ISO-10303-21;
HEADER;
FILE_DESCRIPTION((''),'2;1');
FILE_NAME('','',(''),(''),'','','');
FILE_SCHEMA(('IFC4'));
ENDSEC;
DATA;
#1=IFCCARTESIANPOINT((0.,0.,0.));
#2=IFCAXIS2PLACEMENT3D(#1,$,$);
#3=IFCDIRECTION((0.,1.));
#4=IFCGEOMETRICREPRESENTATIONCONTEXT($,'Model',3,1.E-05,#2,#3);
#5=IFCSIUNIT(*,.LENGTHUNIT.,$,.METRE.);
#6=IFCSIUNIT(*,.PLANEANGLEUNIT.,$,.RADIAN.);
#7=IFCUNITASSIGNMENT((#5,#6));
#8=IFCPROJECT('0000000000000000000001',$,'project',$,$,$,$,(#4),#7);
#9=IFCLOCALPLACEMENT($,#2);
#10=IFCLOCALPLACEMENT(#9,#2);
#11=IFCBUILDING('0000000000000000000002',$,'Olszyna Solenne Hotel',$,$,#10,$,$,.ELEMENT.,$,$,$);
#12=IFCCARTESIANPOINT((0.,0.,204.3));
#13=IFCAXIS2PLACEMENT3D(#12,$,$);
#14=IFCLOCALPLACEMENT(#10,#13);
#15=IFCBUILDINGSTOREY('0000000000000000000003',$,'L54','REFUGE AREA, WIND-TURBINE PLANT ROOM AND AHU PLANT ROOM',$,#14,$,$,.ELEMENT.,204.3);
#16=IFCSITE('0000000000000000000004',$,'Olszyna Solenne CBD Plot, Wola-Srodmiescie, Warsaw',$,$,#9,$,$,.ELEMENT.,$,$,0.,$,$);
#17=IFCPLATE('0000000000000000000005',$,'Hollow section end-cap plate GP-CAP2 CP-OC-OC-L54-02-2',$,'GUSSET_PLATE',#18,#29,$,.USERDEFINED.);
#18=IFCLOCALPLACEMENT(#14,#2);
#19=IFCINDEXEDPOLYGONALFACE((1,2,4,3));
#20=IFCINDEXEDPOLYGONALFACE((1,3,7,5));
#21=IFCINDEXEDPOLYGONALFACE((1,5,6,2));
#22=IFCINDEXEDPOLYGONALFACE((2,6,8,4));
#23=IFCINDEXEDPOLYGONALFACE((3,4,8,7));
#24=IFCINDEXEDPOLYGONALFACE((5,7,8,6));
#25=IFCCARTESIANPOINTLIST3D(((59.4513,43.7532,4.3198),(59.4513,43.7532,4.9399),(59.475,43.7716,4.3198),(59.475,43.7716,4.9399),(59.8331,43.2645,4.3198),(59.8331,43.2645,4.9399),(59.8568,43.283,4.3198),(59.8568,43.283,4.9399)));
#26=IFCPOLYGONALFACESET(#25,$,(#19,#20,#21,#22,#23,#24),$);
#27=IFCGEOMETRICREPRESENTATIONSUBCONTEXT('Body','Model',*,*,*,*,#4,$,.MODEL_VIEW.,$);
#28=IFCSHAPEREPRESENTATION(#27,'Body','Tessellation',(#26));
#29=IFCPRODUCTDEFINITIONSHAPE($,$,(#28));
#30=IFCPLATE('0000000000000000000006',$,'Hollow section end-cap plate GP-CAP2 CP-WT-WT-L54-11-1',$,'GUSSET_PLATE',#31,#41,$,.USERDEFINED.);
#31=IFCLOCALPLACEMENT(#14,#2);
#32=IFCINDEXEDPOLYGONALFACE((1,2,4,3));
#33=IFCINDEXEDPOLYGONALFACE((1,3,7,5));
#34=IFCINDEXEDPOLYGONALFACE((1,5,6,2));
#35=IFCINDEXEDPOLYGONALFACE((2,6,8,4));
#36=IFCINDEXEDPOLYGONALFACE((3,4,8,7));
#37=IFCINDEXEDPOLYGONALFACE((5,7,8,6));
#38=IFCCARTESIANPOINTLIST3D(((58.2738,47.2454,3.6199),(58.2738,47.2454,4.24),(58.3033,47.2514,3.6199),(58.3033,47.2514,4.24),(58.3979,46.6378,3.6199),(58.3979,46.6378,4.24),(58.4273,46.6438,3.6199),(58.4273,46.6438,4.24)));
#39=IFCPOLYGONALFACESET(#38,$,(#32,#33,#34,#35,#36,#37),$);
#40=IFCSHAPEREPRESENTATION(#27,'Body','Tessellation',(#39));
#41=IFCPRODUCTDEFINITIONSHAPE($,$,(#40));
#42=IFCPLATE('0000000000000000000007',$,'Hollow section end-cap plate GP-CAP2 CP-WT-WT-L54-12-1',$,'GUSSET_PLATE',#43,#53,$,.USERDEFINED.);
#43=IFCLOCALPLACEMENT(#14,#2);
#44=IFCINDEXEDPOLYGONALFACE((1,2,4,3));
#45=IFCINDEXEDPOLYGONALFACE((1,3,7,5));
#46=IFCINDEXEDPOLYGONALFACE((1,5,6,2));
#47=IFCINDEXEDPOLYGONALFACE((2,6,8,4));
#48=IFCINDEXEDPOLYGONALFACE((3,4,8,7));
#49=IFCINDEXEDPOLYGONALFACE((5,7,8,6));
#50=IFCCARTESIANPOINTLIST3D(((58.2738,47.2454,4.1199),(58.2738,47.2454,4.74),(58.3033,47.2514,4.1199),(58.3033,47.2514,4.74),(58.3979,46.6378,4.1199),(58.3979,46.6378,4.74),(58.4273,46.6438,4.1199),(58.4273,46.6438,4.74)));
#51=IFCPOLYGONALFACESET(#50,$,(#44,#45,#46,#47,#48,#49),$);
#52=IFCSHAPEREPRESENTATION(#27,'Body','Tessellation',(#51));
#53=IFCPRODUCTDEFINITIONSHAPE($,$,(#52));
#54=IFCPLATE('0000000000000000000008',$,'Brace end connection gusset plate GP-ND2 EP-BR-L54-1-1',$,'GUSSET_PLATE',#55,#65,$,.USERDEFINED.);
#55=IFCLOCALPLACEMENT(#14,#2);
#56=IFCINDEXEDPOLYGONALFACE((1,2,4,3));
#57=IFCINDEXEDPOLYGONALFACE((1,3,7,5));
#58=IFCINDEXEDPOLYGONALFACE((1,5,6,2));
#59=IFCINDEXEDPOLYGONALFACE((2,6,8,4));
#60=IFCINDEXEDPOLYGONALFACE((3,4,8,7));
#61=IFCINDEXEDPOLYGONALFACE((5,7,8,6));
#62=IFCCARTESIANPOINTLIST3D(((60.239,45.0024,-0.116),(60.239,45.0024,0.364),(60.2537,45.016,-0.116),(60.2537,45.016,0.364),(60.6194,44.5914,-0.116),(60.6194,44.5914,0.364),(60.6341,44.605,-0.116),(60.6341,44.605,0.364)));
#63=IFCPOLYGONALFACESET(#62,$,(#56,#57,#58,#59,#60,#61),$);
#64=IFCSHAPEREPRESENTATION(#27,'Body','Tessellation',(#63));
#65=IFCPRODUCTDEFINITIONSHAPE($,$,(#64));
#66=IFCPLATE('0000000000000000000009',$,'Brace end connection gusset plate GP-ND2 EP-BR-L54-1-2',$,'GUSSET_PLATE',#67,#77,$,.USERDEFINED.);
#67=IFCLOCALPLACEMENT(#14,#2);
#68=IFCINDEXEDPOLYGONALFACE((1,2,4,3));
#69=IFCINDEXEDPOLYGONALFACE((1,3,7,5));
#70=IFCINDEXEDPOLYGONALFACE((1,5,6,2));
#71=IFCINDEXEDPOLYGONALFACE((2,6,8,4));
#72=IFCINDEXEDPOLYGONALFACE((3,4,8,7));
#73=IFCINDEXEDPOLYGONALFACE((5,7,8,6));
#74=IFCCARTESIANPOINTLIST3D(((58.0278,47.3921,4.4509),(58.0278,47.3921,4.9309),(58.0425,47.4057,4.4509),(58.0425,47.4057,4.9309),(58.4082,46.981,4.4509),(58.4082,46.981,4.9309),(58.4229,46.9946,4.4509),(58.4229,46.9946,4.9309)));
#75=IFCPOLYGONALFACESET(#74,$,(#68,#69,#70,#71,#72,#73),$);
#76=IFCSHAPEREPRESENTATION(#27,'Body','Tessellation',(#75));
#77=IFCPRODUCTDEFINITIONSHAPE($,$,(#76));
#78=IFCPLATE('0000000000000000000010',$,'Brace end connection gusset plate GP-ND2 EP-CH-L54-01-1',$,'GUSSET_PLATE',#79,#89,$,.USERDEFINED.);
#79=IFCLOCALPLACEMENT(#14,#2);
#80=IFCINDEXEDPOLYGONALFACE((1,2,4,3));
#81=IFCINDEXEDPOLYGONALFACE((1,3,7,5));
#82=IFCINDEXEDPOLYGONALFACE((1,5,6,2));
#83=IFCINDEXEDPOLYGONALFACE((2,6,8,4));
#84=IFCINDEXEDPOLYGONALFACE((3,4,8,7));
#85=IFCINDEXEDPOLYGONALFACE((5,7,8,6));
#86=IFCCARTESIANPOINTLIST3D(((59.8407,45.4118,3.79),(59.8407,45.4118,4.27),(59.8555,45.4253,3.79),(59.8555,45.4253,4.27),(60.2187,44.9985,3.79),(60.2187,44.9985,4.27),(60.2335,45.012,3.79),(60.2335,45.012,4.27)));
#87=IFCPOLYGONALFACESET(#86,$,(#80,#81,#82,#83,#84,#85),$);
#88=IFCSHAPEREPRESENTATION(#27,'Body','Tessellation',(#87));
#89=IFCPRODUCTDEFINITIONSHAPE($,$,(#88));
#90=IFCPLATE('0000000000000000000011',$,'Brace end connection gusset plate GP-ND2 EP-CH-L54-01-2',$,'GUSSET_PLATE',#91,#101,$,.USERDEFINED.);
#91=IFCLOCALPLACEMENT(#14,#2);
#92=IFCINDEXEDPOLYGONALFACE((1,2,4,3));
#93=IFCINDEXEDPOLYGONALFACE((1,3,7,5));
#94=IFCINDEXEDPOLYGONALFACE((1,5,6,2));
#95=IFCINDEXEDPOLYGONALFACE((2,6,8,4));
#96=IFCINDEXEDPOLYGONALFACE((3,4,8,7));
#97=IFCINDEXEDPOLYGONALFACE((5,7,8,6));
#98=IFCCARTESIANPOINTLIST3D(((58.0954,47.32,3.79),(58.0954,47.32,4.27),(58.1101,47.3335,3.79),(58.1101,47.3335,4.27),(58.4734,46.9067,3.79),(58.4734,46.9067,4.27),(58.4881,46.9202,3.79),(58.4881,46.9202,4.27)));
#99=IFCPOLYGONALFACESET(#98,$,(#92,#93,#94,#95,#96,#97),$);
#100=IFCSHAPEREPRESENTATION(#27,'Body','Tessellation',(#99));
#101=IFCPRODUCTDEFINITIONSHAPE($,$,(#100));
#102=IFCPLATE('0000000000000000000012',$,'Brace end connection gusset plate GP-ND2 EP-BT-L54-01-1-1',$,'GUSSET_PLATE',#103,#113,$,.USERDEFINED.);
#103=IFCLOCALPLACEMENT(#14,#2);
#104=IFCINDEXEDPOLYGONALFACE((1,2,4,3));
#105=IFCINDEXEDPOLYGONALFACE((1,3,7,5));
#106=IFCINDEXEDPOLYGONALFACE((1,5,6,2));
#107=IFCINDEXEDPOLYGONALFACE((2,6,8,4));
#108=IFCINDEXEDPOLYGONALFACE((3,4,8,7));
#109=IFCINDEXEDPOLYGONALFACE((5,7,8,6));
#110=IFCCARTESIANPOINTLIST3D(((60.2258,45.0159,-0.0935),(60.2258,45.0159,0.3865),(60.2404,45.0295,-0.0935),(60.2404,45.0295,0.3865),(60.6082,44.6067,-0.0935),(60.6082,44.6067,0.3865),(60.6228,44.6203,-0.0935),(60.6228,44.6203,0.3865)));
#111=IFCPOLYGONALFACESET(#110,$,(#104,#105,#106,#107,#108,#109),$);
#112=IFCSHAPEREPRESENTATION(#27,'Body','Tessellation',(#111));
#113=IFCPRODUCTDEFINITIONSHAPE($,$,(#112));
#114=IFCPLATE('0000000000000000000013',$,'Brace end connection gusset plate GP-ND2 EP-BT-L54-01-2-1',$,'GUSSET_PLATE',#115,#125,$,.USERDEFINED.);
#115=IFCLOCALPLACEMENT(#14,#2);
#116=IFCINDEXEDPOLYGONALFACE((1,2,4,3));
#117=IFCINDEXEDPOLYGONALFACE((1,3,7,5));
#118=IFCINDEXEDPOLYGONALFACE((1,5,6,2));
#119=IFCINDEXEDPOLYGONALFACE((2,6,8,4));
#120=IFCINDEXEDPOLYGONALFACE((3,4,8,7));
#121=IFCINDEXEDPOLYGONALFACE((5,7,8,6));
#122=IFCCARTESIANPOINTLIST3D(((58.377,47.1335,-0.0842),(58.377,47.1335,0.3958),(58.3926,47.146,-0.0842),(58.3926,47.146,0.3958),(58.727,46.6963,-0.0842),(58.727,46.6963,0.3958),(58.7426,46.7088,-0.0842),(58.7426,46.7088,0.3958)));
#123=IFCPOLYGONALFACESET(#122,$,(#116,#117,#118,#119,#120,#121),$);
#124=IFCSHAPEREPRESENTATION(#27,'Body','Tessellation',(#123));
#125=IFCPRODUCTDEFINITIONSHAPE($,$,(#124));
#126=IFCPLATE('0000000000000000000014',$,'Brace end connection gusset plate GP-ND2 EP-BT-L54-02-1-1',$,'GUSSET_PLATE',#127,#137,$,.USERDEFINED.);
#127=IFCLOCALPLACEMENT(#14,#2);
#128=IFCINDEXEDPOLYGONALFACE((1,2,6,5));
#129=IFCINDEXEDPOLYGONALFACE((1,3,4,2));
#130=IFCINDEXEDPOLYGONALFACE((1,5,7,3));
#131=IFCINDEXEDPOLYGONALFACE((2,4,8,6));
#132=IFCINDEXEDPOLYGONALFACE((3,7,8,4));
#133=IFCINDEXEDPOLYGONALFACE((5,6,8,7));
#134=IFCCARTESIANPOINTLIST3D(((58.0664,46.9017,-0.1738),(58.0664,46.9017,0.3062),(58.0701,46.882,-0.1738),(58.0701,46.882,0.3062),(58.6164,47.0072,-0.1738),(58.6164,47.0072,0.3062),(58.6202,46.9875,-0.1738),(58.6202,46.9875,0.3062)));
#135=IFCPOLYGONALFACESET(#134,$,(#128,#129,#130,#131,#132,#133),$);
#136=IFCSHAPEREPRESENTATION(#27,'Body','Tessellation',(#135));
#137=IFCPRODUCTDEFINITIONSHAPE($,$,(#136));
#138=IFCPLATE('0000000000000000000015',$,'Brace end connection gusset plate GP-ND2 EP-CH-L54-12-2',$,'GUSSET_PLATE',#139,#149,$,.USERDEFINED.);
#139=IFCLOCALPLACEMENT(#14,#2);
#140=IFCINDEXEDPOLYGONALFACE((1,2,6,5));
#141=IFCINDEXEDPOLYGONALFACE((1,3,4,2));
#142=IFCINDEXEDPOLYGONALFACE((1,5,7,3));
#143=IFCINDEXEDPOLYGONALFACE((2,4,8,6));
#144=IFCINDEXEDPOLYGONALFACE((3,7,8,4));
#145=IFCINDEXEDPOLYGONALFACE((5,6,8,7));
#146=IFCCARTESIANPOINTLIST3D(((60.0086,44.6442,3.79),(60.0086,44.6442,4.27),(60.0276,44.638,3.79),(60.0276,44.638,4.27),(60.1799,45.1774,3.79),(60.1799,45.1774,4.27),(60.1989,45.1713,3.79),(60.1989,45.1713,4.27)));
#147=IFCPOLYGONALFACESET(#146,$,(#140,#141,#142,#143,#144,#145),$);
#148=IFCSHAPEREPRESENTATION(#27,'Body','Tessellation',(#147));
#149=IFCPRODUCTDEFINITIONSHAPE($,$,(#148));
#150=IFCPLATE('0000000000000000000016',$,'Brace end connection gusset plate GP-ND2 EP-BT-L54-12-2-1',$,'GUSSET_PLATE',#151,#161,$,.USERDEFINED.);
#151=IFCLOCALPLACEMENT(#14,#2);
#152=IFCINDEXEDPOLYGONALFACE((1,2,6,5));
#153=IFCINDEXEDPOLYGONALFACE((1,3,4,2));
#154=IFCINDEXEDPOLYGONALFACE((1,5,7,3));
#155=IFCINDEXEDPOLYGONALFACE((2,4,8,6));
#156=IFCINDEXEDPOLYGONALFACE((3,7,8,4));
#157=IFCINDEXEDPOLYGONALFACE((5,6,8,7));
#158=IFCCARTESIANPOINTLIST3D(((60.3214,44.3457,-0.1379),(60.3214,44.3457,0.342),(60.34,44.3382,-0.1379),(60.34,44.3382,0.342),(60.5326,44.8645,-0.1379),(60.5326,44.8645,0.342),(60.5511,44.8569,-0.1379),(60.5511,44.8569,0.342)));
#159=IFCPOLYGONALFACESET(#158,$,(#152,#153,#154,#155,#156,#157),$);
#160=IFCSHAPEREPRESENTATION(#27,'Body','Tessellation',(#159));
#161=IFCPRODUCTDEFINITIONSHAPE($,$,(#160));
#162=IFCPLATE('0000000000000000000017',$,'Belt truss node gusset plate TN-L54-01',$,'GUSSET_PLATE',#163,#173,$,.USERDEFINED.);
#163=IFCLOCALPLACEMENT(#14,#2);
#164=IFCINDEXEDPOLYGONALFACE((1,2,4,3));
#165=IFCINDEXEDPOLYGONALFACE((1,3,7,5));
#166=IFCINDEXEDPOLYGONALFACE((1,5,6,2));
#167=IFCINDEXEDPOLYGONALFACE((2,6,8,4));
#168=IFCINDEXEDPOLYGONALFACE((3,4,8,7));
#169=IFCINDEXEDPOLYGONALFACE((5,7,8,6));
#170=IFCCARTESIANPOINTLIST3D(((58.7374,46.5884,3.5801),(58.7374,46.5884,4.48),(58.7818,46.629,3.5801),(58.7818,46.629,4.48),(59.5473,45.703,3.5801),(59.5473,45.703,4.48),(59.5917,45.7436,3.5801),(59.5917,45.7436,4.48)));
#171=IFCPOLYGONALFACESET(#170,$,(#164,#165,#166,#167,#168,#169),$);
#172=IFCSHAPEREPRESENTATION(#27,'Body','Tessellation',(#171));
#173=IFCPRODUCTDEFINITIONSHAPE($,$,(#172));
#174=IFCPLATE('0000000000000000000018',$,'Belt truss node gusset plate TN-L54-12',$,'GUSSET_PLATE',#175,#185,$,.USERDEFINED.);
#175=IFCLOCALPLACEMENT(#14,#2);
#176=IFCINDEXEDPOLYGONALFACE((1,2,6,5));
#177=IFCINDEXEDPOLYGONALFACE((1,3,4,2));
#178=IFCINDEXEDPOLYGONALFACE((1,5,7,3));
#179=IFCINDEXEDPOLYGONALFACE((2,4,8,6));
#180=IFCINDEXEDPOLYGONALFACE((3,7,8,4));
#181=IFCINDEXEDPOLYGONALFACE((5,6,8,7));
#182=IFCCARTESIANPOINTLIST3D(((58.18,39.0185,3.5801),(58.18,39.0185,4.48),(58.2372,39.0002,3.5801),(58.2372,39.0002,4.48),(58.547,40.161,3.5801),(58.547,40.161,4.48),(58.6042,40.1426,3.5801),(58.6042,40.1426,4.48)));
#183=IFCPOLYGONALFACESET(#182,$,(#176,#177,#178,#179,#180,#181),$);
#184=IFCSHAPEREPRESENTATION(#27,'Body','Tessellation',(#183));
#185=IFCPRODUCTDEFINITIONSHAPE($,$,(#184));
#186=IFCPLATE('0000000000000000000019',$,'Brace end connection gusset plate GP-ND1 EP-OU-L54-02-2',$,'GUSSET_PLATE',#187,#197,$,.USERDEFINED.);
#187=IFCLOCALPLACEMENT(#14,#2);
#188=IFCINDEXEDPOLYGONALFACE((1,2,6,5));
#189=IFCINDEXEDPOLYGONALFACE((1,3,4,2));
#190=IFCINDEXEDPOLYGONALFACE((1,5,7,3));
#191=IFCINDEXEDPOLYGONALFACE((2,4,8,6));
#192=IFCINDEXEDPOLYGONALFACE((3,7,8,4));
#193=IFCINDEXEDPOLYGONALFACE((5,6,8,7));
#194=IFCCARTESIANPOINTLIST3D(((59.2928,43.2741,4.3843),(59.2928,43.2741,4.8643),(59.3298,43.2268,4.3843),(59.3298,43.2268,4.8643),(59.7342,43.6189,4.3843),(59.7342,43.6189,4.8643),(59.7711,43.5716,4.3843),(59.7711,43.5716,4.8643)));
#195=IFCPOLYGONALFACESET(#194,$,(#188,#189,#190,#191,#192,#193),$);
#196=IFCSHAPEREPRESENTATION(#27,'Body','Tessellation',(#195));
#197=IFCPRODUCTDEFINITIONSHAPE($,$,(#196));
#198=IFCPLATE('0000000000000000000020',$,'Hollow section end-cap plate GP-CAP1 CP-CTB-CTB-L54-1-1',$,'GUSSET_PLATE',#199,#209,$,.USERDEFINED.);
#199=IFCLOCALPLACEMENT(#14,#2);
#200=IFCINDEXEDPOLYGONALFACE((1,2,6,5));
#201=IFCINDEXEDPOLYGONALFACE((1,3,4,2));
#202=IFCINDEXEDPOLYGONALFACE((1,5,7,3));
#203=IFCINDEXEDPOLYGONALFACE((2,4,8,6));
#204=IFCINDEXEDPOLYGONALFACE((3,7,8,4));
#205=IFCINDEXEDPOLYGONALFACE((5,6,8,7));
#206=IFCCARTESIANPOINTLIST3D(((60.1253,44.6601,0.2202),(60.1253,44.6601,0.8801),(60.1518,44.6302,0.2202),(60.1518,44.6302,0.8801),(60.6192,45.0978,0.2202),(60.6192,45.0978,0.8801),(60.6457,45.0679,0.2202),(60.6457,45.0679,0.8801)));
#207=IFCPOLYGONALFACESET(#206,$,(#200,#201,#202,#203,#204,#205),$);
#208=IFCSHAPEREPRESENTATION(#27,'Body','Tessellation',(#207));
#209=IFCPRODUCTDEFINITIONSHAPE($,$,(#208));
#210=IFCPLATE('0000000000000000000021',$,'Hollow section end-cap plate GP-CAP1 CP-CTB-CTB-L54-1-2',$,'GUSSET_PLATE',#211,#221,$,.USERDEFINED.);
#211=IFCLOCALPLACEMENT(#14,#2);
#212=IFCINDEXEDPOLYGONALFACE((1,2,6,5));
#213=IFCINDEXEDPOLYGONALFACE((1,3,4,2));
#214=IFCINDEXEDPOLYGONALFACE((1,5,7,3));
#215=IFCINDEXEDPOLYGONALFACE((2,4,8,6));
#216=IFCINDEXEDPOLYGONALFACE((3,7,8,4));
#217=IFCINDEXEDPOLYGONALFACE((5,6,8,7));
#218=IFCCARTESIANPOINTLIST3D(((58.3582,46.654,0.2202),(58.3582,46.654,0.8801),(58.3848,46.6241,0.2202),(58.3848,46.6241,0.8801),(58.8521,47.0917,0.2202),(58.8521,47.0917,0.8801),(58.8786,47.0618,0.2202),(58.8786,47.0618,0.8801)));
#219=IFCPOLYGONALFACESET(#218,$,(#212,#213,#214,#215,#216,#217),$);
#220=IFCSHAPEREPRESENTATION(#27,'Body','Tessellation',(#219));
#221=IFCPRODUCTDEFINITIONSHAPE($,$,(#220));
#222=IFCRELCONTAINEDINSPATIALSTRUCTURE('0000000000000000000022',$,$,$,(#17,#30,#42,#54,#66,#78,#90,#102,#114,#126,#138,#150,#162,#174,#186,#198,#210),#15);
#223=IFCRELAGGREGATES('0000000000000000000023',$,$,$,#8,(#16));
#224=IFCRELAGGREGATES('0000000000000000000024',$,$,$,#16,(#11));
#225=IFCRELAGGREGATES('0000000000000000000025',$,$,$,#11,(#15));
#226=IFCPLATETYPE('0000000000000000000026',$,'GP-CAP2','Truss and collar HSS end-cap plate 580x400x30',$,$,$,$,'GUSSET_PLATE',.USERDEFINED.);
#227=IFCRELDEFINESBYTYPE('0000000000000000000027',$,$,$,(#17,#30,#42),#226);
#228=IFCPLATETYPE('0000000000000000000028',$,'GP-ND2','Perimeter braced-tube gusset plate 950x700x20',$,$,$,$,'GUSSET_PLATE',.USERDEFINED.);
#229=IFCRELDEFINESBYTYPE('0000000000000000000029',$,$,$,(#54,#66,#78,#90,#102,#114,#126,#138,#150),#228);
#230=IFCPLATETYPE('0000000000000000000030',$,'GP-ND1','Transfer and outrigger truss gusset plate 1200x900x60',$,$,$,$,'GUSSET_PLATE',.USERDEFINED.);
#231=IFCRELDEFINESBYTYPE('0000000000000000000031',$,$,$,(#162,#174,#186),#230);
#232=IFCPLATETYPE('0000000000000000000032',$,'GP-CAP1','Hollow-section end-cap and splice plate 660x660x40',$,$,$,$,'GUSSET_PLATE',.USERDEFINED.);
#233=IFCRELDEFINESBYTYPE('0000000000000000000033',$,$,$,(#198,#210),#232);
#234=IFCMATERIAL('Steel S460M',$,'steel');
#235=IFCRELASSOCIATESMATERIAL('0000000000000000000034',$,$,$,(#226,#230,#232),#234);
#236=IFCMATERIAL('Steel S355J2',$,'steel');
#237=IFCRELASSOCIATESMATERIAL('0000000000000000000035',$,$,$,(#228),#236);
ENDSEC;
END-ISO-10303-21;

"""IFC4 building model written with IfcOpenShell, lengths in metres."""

from ifc_helpers import new_model, si_unit, direction, frame, origin, origin_2d, place, context, subcontext, project, spatial, rectangle, extrude, source, transform, mapped, material, type_object, element, save


model = new_model("IFC4")

# Units and contexts
model_context = context("Model", 3, precision=1e-05, world=origin(), true_north=direction((0.0, 1.0)))
body_context = subcontext(model_context, "Body", "Model", "MODEL_VIEW")
ifc_project = project(units=[si_unit("LENGTHUNIT", "METRE"), si_unit("PLANEANGLEUNIT", "RADIAN")], contexts=[model_context])

# Site, building, storey
site_placement = place(None, origin())
site = spatial("IfcSite", under=ifc_project, at=site_placement, Name="Olszyna Solenne CBD Plot, Wola-Srodmiescie, Warsaw", CompositionType="ELEMENT", RefElevation=0.0)
building_placement = place(site_placement, origin())
building = spatial("IfcBuilding", under=site, at=building_placement, Name="Olszyna Solenne Hotel", CompositionType="ELEMENT")
storey_placement = place(building_placement, frame((0.0, 0.0, 204.3)))
storey = spatial("IfcBuildingStorey", under=building, at=storey_placement, Name="L54", Description="REFUGE AREA, WIND-TURBINE PLANT ROOM AND AHU PLANT ROOM", CompositionType="ELEMENT", Elevation=204.3)

# Shared definitions
ifc_material_1 = material(Name="Steel S460M", Category="steel")

# Shared definitions
ifc_material_2 = material(Name="Steel S355J2", Category="steel")

# Plates
plate_type_1 = type_object("IfcPlateType", Name="GP-CAP2", Description="Truss and collar HSS end-cap plate 580x400x30", ElementType="GUSSET_PLATE", PredefinedType="USERDEFINED", material=ifc_material_1)
shared_shape_1 = source(origin(), body_context, "Body", "SweptSolid", [
    extrude(rectangle(XDim=0.03, YDim=0.6201, at=origin_2d()), origin(), (0.0, 0.0, 1.0), 0.6201),
])
for number, where, z_axis, x_axis, name in (
    (1, (59.6541, 43.5181, 4.3198), (0.0, 0.0, 1.0), (0.788011, 0.615661, 0.0), "Hollow section end-cap plate GP-CAP2 CP-OC-OC-L54-02-2"),
    (2, (58.3506, 46.9446, 3.6199), (0.0, 0.0, 1.0), (-0.979785, -0.200052, 0.0), "Hollow section end-cap plate GP-CAP2 CP-WT-WT-L54-11-1"),
    (3, (58.3506, 46.9446, 4.1199), (0.0, 0.0, 1.0), (-0.979785, -0.200052, 0.0), "Hollow section end-cap plate GP-CAP2 CP-WT-WT-L54-12-1"),
):
    element("IfcPlate", number, at=place(storey_placement, frame(where, z_axis=z_axis, x_axis=x_axis)), inside=storey, type_object=plate_type_1, Name=name, ObjectType="GUSSET_PLATE", PredefinedType="USERDEFINED", context=body_context, shape_type="MappedRepresentation", body=[
        mapped(shared_shape_1, transform((0.0, 0.0, 0.0), x_axis=(1.0, 0.0, 0.0), y_axis=(0.0, 1.0, 0.0), z_axis=(0.0, 0.0, 1.0), scale=1.0)),
    ])
plate_type_2 = type_object("IfcPlateType", Name="GP-ND2", Description="Perimeter braced-tube gusset plate 950x700x20", ElementType="GUSSET_PLATE", PredefinedType="USERDEFINED", material=ifc_material_2)
shared_shape_2 = source(origin(), body_context, "Body", "SweptSolid", [
    extrude(rectangle(XDim=0.5601, YDim=0.02, at=origin_2d()), origin(), (0.0, 0.0, 1.0), 0.48),
])
for number, where, z_axis, x_axis, name in (
    (4, (60.4365, 44.8037, -0.116), (0.0, 0.0, 1.0), (-0.679185, 0.733967, 0.0), "Brace end connection gusset plate GP-ND2 EP-BR-L54-1-1"),
    (5, (58.2253, 47.1934, 4.4509), (0.0, 0.0, 1.0), (-0.679185, 0.733967, 0.0), "Brace end connection gusset plate GP-ND2 EP-BR-L54-1-2"),
    (6, (60.0371, 45.2119, 3.79), (0.0, 0.0, 1.0), (-0.674947, 0.737867, 0.0), "Brace end connection gusset plate GP-ND2 EP-CH-L54-01-1"),
    (7, (58.2917, 47.1201, 3.79), (0.0, 0.0, 1.0), (-0.674947, 0.737867, 0.0), "Brace end connection gusset plate GP-ND2 EP-CH-L54-01-2"),
    (8, (60.4243, 44.8181, -0.0935), (0.0, 0.0, 1.0), (-0.682764, 0.730639, 0.0), "Brace end connection gusset plate GP-ND2 EP-BT-L54-01-1-1"),
    (9, (58.5598, 46.9211, -0.0842), (0.0, 0.0, 1.0), (0.62497, -0.780649, 0.0), "Brace end connection gusset plate GP-ND2 EP-BT-L54-01-2-1"),
    (10, (58.3433, 46.9446, -0.1738), (0.0, 0.0, 1.0), (-0.98209, -0.18841, 0.0), "Brace end connection gusset plate GP-ND2 EP-BT-L54-02-1-1"),
    (11, (60.1038, 44.9077, 3.79), (0.0, 0.0, 1.0), (0.305861, 0.952076, 0.0), "Brace end connection gusset plate GP-ND2 EP-CH-L54-12-2"),
    (12, (60.4363, 44.6013, -0.1379), (0.0, 0.0, 1.0), (-0.377033, -0.9262, 0.0), "Brace end connection gusset plate GP-ND2 EP-BT-L54-12-2-1"),
):
    element("IfcPlate", number, at=place(storey_placement, frame(where, z_axis=z_axis, x_axis=x_axis)), inside=storey, type_object=plate_type_2, Name=name, ObjectType="GUSSET_PLATE", PredefinedType="USERDEFINED", context=body_context, shape_type="MappedRepresentation", body=[
        mapped(shared_shape_2, transform((0.0, 0.0, 0.0), x_axis=(1.0, 0.0, 0.0), y_axis=(0.0, 1.0, 0.0), z_axis=(0.0, 0.0, 1.0), scale=1.0)),
    ])
plate_type_3 = type_object("IfcPlateType", Name="GP-ND1", Description="Transfer and outrigger truss gusset plate 1200x900x60", ElementType="GUSSET_PLATE", PredefinedType="USERDEFINED", material=ifc_material_1)
shared_shape_3 = source(origin(), body_context, "Body", "SweptSolid", [
    extrude(rectangle(XDim=1.2, YDim=0.0601, at=origin_2d()), origin(), (0.0, 0.0, 1.0), 0.8999),
])
for number, where, z_axis, x_axis, name in (
    (13, (59.1646, 46.166, 3.5801), (0.0, 0.0, 1.0), (-0.674947, 0.737867, 0.0), "Belt truss node gusset plate TN-L54-01"),
    (14, (58.3921, 39.5806, 3.5801), (0.0, 0.0, 1.0), (0.305861, 0.952076, 0.0), "Belt truss node gusset plate TN-L54-12"),
):
    element("IfcPlate", number, at=place(storey_placement, frame(where, z_axis=z_axis, x_axis=x_axis)), inside=storey, type_object=plate_type_3, Name=name, ObjectType="GUSSET_PLATE", PredefinedType="USERDEFINED", context=body_context, shape_type="MappedRepresentation", body=[
        mapped(shared_shape_3, transform((0.0, 0.0, 0.0), x_axis=(1.0, 0.0, 0.0), y_axis=(0.0, 1.0, 0.0), z_axis=(0.0, 0.0, 1.0), scale=1.0)),
    ])
shared_shape_4 = source(origin(), body_context, "Body", "SweptSolid", [
    extrude(rectangle(XDim=0.5601, YDim=0.0601, at=origin_2d()), origin(), (0.0, 0.0, 1.0), 0.48),
])
plate_placement = place(storey_placement, frame((59.532, 43.4229, 4.3843), z_axis=(0.0, 0.0, 1.0), x_axis=(0.788011, 0.615661, 0.0)))
element("IfcPlate", 15, at=plate_placement, inside=storey, type_object=plate_type_3, Name="Brace end connection gusset plate GP-ND1 EP-OU-L54-02-2", ObjectType="GUSSET_PLATE", PredefinedType="USERDEFINED", context=body_context, shape_type="MappedRepresentation", body=[
    mapped(shared_shape_4, transform((0.0, 0.0, 0.0), x_axis=(1.0, 0.0, 0.0), y_axis=(0.0, 1.0, 0.0), z_axis=(0.0, 0.0, 1.0), scale=1.0)),
])
plate_type_4 = type_object("IfcPlateType", Name="GP-CAP1", Description="Hollow-section end-cap and splice plate 660x660x40", ElementType="GUSSET_PLATE", PredefinedType="USERDEFINED", material=ifc_material_1)
shared_shape_5 = source(origin(), body_context, "Body", "SweptSolid", [
    extrude(rectangle(XDim=0.04, YDim=0.6599, at=origin_2d()), origin(), (0.0, 0.0, 1.0), 0.6599),
])
for number, where, z_axis, x_axis, name in (
    (16, (60.3855, 44.864, 0.2202), (0.0, 0.0, 1.0), (-0.663273, 0.748377, 0.0), "Hollow section end-cap plate GP-CAP1 CP-CTB-CTB-L54-1-1"),
    (17, (58.6184, 46.8579, 0.2202), (0.0, 0.0, 1.0), (-0.663273, 0.748377, 0.0), "Hollow section end-cap plate GP-CAP1 CP-CTB-CTB-L54-1-2"),
):
    element("IfcPlate", number, at=place(storey_placement, frame(where, z_axis=z_axis, x_axis=x_axis)), inside=storey, type_object=plate_type_4, Name=name, ObjectType="GUSSET_PLATE", PredefinedType="USERDEFINED", context=body_context, shape_type="MappedRepresentation", body=[
        mapped(shared_shape_5, transform((0.0, 0.0, 0.0), x_axis=(1.0, 0.0, 0.0), y_axis=(0.0, 1.0, 0.0), z_axis=(0.0, 0.0, 1.0), scale=1.0)),
    ])

save(model, "model.ifc")
